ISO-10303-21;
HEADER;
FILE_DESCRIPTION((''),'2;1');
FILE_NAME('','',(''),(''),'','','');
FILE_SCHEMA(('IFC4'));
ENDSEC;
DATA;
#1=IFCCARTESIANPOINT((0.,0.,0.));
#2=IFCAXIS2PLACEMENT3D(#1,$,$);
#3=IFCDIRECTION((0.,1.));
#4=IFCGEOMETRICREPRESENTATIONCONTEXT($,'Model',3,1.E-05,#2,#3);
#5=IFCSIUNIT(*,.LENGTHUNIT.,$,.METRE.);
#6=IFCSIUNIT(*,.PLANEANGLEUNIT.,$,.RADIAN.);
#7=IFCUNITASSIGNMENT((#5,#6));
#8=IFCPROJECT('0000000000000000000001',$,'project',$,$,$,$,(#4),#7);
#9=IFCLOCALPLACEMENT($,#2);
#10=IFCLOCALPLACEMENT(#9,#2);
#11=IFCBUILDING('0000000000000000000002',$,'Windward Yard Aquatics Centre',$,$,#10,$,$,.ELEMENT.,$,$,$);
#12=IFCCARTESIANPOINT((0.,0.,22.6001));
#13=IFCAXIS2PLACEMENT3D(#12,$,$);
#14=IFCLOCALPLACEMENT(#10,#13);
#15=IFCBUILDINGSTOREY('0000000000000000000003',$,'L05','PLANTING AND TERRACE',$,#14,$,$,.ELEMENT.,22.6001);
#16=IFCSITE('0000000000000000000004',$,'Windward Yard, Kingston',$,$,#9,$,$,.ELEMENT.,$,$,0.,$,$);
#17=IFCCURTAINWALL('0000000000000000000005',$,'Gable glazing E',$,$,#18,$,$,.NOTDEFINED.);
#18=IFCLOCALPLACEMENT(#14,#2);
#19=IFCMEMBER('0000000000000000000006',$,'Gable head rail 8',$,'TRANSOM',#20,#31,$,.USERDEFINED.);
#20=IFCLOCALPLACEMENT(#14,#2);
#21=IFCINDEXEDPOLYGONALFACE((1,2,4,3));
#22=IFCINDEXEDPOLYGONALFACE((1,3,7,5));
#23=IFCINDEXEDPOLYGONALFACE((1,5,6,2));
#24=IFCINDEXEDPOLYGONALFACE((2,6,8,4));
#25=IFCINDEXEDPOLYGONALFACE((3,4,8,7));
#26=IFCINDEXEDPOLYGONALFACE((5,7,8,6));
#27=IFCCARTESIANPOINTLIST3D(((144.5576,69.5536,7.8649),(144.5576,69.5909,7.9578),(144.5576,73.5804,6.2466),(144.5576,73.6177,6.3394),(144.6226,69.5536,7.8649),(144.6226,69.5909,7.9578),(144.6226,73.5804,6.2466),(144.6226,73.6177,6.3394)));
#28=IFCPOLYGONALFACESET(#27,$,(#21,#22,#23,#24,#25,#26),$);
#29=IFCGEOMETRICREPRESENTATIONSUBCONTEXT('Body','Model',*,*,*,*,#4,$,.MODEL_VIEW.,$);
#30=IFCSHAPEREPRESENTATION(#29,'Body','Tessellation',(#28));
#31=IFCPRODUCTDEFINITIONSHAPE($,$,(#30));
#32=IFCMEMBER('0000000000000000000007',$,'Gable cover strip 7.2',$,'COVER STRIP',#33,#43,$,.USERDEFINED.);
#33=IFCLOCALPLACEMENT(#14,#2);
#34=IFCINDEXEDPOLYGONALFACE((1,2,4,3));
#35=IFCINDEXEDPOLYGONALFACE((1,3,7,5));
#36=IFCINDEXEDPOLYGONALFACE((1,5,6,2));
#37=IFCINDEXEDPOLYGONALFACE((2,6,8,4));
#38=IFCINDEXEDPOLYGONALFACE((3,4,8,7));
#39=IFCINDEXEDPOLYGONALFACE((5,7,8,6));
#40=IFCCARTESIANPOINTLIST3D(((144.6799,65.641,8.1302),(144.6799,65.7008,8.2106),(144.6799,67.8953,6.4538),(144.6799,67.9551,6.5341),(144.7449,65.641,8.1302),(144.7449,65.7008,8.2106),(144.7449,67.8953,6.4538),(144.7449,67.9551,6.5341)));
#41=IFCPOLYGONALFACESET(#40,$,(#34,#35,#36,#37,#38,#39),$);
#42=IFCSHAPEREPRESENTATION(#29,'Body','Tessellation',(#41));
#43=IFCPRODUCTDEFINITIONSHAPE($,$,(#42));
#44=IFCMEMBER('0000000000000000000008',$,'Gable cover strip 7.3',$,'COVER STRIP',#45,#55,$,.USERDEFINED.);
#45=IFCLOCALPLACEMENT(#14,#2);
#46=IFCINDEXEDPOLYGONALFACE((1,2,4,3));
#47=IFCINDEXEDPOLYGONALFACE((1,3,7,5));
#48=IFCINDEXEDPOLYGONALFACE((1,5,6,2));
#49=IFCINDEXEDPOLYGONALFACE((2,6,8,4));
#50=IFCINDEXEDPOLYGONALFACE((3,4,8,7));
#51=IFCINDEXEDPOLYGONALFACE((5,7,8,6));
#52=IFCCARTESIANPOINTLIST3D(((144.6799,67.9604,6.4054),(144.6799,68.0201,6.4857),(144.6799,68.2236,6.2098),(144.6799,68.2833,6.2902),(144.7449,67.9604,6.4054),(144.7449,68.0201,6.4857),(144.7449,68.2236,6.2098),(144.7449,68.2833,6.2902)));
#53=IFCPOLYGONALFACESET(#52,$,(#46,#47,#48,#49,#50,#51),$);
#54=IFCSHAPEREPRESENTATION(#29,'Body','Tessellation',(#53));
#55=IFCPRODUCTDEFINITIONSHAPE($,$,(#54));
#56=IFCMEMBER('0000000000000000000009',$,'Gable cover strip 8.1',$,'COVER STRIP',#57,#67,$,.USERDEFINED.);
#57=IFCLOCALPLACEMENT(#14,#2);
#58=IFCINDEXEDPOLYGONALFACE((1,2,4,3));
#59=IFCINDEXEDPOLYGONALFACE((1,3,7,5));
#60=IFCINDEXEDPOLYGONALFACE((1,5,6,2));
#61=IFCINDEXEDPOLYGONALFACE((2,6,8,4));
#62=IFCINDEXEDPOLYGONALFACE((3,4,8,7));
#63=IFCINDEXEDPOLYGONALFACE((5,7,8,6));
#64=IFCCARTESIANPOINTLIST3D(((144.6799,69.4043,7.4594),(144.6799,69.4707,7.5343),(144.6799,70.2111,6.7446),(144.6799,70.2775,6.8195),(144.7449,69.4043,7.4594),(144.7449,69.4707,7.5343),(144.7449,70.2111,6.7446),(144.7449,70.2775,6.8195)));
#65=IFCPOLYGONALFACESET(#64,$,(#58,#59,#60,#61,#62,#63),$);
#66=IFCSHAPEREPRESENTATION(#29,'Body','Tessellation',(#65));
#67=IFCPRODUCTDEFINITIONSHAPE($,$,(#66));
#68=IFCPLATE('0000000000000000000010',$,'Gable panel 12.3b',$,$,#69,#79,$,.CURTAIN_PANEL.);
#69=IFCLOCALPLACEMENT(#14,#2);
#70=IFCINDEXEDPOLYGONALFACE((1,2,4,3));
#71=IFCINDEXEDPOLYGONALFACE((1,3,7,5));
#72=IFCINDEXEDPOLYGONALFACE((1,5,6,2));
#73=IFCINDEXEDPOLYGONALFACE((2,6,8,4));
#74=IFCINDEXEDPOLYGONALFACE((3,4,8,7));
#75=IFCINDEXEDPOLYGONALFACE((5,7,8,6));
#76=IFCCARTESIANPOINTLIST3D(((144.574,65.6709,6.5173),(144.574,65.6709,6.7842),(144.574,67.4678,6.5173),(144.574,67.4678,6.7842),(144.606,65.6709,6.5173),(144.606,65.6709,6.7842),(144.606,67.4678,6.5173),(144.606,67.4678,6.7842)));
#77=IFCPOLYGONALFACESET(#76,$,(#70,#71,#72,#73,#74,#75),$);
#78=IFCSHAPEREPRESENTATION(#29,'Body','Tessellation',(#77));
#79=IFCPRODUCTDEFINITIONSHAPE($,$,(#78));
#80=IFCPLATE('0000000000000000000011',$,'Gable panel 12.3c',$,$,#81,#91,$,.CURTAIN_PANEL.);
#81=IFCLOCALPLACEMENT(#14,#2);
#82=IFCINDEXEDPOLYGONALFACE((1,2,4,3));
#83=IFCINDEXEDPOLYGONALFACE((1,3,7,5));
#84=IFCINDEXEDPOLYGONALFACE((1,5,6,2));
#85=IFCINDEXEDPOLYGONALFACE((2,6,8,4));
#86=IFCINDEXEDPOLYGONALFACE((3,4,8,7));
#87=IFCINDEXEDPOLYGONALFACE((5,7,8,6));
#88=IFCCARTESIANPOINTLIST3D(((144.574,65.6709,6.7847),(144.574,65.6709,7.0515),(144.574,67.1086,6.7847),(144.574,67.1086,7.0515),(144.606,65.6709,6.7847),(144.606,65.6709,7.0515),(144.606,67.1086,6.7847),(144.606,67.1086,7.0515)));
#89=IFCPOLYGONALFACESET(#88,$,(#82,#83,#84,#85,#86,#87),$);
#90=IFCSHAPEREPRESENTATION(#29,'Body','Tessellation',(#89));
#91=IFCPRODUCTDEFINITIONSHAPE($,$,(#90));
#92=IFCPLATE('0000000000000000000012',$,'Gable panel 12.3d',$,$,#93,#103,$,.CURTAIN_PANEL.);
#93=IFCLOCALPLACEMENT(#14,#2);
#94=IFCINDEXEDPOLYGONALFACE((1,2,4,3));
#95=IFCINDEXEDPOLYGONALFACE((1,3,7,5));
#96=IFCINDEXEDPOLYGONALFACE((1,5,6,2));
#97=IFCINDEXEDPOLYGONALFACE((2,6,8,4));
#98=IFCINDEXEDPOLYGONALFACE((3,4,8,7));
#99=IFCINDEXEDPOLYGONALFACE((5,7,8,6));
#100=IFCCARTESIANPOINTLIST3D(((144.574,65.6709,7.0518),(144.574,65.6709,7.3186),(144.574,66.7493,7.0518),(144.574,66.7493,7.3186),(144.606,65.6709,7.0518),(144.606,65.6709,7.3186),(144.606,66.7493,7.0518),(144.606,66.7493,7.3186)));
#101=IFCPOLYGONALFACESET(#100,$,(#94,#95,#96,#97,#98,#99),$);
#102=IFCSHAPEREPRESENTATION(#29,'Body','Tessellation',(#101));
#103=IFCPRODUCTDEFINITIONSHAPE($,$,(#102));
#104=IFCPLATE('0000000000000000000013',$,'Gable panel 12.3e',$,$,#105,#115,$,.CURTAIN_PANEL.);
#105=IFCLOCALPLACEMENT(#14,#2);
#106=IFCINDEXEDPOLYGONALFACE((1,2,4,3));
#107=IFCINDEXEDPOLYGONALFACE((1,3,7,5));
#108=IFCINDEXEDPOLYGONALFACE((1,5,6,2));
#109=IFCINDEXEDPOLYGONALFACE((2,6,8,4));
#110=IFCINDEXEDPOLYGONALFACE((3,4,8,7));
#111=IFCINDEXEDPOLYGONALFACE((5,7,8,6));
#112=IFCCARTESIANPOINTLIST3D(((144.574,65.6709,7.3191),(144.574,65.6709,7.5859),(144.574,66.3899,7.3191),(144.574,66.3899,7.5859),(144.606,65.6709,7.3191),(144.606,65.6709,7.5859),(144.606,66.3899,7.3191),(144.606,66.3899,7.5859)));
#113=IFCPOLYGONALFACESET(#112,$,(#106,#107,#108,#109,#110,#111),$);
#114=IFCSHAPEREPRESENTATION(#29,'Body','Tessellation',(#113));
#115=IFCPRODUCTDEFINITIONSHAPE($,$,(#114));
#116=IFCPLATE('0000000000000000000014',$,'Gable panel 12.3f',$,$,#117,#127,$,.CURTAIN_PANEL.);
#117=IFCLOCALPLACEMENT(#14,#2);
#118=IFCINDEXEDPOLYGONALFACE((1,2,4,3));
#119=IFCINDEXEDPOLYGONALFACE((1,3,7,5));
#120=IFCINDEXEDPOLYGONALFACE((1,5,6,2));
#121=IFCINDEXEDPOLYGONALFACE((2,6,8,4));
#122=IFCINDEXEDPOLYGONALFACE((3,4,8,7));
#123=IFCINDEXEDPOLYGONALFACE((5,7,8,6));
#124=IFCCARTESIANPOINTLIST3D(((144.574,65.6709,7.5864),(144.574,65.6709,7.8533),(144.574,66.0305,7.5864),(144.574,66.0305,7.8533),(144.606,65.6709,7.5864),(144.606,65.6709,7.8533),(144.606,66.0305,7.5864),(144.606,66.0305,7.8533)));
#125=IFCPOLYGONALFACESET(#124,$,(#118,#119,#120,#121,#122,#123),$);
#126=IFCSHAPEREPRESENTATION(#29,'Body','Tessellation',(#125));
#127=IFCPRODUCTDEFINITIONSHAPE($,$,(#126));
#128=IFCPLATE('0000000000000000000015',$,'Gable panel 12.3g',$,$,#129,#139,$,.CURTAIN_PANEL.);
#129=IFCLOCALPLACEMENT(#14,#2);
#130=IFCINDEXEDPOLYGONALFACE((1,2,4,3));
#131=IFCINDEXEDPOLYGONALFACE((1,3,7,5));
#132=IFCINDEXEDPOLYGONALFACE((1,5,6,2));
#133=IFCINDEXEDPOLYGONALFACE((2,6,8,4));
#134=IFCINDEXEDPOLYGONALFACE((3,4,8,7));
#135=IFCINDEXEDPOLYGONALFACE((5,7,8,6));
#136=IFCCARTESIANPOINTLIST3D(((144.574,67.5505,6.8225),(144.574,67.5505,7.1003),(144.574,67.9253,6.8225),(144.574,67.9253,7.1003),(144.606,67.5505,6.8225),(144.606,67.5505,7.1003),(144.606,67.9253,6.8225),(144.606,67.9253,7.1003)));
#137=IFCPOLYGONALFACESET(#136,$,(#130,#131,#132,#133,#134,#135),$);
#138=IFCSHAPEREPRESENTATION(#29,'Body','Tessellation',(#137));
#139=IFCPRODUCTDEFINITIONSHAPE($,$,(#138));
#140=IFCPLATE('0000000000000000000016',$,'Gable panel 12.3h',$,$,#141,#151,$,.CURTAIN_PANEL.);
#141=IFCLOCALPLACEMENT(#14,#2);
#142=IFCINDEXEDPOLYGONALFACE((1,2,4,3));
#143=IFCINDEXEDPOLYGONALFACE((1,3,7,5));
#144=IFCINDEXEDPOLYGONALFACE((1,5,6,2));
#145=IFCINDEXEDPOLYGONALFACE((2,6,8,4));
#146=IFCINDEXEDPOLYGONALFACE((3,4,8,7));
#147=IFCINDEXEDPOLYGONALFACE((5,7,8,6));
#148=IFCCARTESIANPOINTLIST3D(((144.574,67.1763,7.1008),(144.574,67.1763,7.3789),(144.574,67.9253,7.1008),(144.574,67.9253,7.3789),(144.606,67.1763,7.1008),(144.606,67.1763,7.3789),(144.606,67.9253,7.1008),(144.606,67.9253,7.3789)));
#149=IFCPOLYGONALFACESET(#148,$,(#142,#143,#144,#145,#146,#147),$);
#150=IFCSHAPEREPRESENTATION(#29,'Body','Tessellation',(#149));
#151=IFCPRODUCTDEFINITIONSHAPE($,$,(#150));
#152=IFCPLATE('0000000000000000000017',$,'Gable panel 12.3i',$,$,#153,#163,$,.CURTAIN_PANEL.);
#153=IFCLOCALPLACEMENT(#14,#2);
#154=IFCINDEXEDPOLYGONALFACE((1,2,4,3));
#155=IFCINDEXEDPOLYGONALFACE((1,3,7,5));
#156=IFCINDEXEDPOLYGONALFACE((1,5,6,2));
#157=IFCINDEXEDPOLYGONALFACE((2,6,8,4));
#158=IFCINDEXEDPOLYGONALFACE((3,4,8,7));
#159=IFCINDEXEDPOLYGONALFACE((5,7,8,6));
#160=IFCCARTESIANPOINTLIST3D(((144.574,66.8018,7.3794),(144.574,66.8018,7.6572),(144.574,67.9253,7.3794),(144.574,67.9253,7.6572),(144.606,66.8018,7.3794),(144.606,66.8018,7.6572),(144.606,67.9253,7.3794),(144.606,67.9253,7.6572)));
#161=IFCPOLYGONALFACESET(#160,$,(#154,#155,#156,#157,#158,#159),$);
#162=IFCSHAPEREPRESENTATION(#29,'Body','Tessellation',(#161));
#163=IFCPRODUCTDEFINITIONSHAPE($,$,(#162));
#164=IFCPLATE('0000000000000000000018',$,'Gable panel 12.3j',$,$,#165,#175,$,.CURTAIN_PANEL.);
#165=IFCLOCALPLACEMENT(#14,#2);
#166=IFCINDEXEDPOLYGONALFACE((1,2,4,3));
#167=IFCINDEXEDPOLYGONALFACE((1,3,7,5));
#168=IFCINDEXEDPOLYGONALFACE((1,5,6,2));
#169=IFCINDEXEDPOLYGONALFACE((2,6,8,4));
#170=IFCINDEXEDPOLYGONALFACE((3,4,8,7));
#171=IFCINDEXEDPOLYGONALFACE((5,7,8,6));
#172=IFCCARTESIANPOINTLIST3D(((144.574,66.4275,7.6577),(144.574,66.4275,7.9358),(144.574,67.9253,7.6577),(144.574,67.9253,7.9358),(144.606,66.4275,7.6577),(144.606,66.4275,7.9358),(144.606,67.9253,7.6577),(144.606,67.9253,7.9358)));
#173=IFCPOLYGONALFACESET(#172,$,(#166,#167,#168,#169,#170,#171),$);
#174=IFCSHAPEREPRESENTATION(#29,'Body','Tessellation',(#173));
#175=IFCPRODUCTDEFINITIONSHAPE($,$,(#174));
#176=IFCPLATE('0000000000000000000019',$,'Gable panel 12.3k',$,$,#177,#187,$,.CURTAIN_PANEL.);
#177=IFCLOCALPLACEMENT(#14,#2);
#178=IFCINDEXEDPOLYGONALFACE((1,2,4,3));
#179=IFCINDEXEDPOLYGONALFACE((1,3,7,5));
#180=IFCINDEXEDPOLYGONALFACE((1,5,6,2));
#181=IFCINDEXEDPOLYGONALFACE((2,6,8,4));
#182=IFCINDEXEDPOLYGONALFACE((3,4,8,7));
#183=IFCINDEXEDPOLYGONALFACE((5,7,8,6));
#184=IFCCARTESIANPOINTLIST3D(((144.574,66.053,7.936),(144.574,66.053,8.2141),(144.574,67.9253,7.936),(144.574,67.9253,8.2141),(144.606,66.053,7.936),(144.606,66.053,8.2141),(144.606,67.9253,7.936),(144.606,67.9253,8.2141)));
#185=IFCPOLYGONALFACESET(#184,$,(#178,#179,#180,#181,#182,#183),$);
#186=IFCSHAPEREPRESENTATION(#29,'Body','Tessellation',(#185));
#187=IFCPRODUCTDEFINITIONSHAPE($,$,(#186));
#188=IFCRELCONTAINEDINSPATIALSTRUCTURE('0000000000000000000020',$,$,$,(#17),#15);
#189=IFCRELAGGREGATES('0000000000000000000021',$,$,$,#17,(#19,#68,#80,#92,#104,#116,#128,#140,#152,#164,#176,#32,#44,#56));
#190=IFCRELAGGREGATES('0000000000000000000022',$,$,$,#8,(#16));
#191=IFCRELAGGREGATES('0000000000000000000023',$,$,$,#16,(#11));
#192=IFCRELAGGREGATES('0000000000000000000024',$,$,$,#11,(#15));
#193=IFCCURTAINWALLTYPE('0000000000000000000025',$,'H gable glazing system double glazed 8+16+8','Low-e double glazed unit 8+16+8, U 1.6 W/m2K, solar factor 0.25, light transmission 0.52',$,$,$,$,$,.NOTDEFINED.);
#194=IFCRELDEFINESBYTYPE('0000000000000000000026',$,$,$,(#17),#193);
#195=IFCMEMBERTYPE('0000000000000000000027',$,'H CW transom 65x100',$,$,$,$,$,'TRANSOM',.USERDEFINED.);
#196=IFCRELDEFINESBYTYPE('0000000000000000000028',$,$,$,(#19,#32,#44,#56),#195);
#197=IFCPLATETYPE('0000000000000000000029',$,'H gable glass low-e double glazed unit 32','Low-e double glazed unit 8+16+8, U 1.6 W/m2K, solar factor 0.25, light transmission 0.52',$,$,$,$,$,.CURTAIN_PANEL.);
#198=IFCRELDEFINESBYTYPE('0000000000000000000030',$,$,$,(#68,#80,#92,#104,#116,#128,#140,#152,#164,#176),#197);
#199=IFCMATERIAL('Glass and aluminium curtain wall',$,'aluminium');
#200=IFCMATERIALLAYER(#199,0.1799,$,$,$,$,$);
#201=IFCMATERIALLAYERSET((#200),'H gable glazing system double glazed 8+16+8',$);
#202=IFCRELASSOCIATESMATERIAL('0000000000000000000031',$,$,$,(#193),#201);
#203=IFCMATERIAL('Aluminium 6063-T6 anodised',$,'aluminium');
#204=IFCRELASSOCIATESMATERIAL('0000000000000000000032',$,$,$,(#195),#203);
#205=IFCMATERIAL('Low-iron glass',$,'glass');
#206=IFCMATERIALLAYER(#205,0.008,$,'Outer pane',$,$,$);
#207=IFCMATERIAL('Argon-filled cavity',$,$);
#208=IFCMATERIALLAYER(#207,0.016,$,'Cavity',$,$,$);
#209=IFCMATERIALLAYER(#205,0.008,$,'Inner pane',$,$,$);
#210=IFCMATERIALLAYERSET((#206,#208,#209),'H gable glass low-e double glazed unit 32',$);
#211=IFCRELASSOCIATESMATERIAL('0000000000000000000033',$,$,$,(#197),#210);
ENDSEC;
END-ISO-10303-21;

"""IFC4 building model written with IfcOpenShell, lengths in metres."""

from ifc_helpers import new_model, si_unit, direction, frame, origin, origin_2d, place, context, subcontext, project, spatial, polyline, rectangle, outline, extrude, material, layer, layer_set, material_profile, profile_set, type_object, element, aggregate, save


model = new_model("IFC4")

# Units and contexts
model_context = context("Model", 3, precision=1e-05, world=origin(), true_north=direction((0.0, 1.0)))
body_context = subcontext(model_context, "Body", "Model", "MODEL_VIEW")
ifc_project = project(units=[si_unit("LENGTHUNIT", "METRE"), si_unit("PLANEANGLEUNIT", "RADIAN")], contexts=[model_context])

# Site, building, storey
site_placement = place(None, origin())
site = spatial("IfcSite", under=ifc_project, at=site_placement, Name="Windward Yard, Kingston", CompositionType="ELEMENT", RefElevation=0.0)
building_placement = place(site_placement, origin())
building = spatial("IfcBuilding", under=site, at=building_placement, Name="Windward Yard Aquatics Centre", CompositionType="ELEMENT")
storey_placement = place(building_placement, frame((0.0, 0.0, 22.6001)))
storey = spatial("IfcBuildingStorey", under=building, at=storey_placement, Name="L05", Description="PLANTING AND TERRACE", CompositionType="ELEMENT", Elevation=22.6001)

# Curtain wall, members, plates
ifc_material_1 = material(Name="Glass and aluminium curtain wall", Category="aluminium")
ifc_layer_1 = layer(ifc_material_1, 0.1799)
ifc_layer_set_1 = layer_set([ifc_layer_1], Name="H gable glazing system double glazed 8+16+8")
curtain_wall_type = type_object("IfcCurtainWallType", Name="H gable glazing system double glazed 8+16+8", Description="Low-e double glazed unit 8+16+8, U 1.6 W/m2K, solar factor 0.25, light transmission 0.52", PredefinedType="NOTDEFINED", material=ifc_layer_set_1)
curtain_wall_placement = place(storey_placement, origin())
curtain_wall = element("IfcCurtainWall", 1, at=curtain_wall_placement, inside=storey, type_object=curtain_wall_type, Name="Gable glazing E", PredefinedType="NOTDEFINED")
ifc_material_2 = material(Name="Aluminium 6063-T6 anodised", Category="aluminium")
ifc_material_profile = material_profile(ifc_material_2, rectangle(XDim=0.0649, YDim=0.1001, at=origin_2d()), Name="H CW transom 65x100")
ifc_profile_set = profile_set([ifc_material_profile], Name="Aluminium 6063-T6 anodised")
member_type = type_object("IfcMemberType", Name="H CW transom 65x100", ElementType="TRANSOM", PredefinedType="USERDEFINED", material=ifc_profile_set)
member_1_placement = place(storey_placement, frame((144.5901, 69.5723, 7.9114), z_axis=(0.0, 0.927866, -0.372913), x_axis=(-1.0, 0.0, 0.0)))
member_1 = element("IfcMember", 2, at=member_1_placement, type_object=member_type, Name="Gable head rail 8", ObjectType="TRANSOM", PredefinedType="USERDEFINED", context=body_context, shape_type="SweptSolid", body=[
    extrude(rectangle(XDim=0.0649, YDim=0.1001, at=origin_2d()), origin(), (0.0, 0.0, 1.0), 4.3398),
])
member_2_placement = place(storey_placement, frame((144.7124, 65.6709, 8.1704), z_axis=(0.0, 0.802434, -0.596742), x_axis=(-1.0, 0.0, 0.0)))
member_2 = element("IfcMember", 3, at=member_2_placement, type_object=member_type, Name="Gable cover strip 7.2", ObjectType="COVER STRIP", PredefinedType="USERDEFINED", context=body_context, shape_type="SweptSolid", body=[
    extrude(rectangle(XDim=0.0649, YDim=0.1001, at=origin_2d()), origin(), (0.0, 0.0, 1.0), 2.8093),
])
member_3_placement = place(storey_placement, frame((144.7124, 67.9902, 6.4456), z_axis=(0.0, 0.802673, -0.59642), x_axis=(-1.0, 0.0, 0.0)))
member_3 = element("IfcMember", 4, at=member_3_placement, type_object=member_type, Name="Gable cover strip 7.3", ObjectType="COVER STRIP", PredefinedType="USERDEFINED", context=body_context, shape_type="SweptSolid", body=[
    extrude(rectangle(XDim=0.0649, YDim=0.1001, at=origin_2d()), origin(), (0.0, 0.0, 1.0), 0.3279),
])
member_4_placement = place(storey_placement, frame((144.7124, 69.4375, 7.4968), z_axis=(0.0, 0.748508, -0.663126), x_axis=(-1.0, 0.0, 0.0)))
member_4 = element("IfcMember", 5, at=member_4_placement, type_object=member_type, Name="Gable cover strip 8.1", ObjectType="COVER STRIP", PredefinedType="USERDEFINED", context=body_context, shape_type="SweptSolid", body=[
    extrude(rectangle(XDim=0.0649, YDim=0.1001, at=origin_2d()), origin(), (0.0, 0.0, 1.0), 1.0779),
])
ifc_material_3 = material(Name="Low-iron glass", Category="glass")
ifc_layer_2 = layer(ifc_material_3, 0.008, Name="Outer pane")
ifc_material_4 = material(Name="Argon-filled cavity")
ifc_layer_3 = layer(ifc_material_4, 0.016, Name="Cavity")
ifc_layer_4 = layer(ifc_material_3, 0.008, Name="Inner pane")
ifc_layer_set_2 = layer_set([ifc_layer_2, ifc_layer_3, ifc_layer_4], Name="H gable glass low-e double glazed unit 32")
plate_type = type_object("IfcPlateType", Name="H gable glass low-e double glazed unit 32", Description="Low-e double glazed unit 8+16+8, U 1.6 W/m2K, solar factor 0.25, light transmission 0.52", PredefinedType="CURTAIN_PANEL", material=ifc_layer_set_2)
plate_1_placement = place(storey_placement, frame((144.606, 65.6709, 6.5173), z_axis=(1.0, 0.0, 0.0), x_axis=(0.0, 1.0, 0.0)))
plate_1 = element("IfcPlate", 6, at=plate_1_placement, type_object=plate_type, Name="Gable panel 12.3b", PredefinedType="CURTAIN_PANEL", context=body_context, shape_type="SweptSolid", body=[
    extrude(outline(polyline([(0.0, 0.0), (1.7969, 0.0), (1.7969, 0.2668), (0.0, 0.2668), (0.0, 0.0)])), origin(), (0.0, 0.0, -1.0), 0.032),
])
plate_2_placement = place(storey_placement, frame((144.606, 65.6709, 6.7847), z_axis=(1.0, 0.0, 0.0), x_axis=(0.0, 1.0, 0.0)))
plate_2 = element("IfcPlate", 7, at=plate_2_placement, type_object=plate_type, Name="Gable panel 12.3c", PredefinedType="CURTAIN_PANEL", context=body_context, shape_type="SweptSolid", body=[
    extrude(outline(polyline([(0.0, 0.0), (1.4377, 0.0), (1.4377, 0.2668), (0.0, 0.2668), (0.0, 0.0)])), origin(), (0.0, 0.0, -1.0), 0.032),
])
plate_3_placement = place(storey_placement, frame((144.606, 65.6709, 7.0518), z_axis=(1.0, 0.0, 0.0), x_axis=(0.0, 1.0, 0.0)))
plate_3 = element("IfcPlate", 8, at=plate_3_placement, type_object=plate_type, Name="Gable panel 12.3d", PredefinedType="CURTAIN_PANEL", context=body_context, shape_type="SweptSolid", body=[
    extrude(outline(polyline([(0.0, 0.0), (1.0784, 0.0), (1.0784, 0.2668), (0.0, 0.2668), (0.0, 0.0)])), origin(), (0.0, 0.0, -1.0), 0.032),
])
plate_4_placement = place(storey_placement, frame((144.606, 65.6709, 7.3191), z_axis=(1.0, 0.0, 0.0), x_axis=(0.0, 1.0, 0.0)))
plate_4 = element("IfcPlate", 9, at=plate_4_placement, type_object=plate_type, Name="Gable panel 12.3e", PredefinedType="CURTAIN_PANEL", context=body_context, shape_type="SweptSolid", body=[
    extrude(outline(polyline([(0.0, 0.0), (0.719, 0.0), (0.719, 0.2668), (0.0, 0.2668), (0.0, 0.0)])), origin(), (0.0, 0.0, -1.0), 0.032),
])
plate_5_placement = place(storey_placement, frame((144.606, 65.6709, 7.5864), z_axis=(1.0, 0.0, 0.0), x_axis=(0.0, 1.0, 0.0)))
plate_5 = element("IfcPlate", 10, at=plate_5_placement, type_object=plate_type, Name="Gable panel 12.3f", PredefinedType="CURTAIN_PANEL", context=body_context, shape_type="SweptSolid", body=[
    extrude(outline(polyline([(0.0, 0.0), (0.3596, 0.0), (0.3596, 0.2668), (0.0, 0.2668), (0.0, 0.0)])), origin(), (0.0, 0.0, -1.0), 0.032),
])
plate_6_placement = place(storey_placement, frame((144.606, 67.5505, 6.8225), z_axis=(1.0, 0.0, 0.0), x_axis=(0.0, 1.0, 0.0)))
plate_6 = element("IfcPlate", 11, at=plate_6_placement, type_object=plate_type, Name="Gable panel 12.3g", PredefinedType="CURTAIN_PANEL", context=body_context, shape_type="SweptSolid", body=[
    extrude(outline(polyline([(0.0, 0.0), (0.3748, 0.0), (0.3748, 0.2778), (0.0, 0.2778), (0.0, 0.0)])), origin(), (0.0, 0.0, -1.0), 0.032),
])
plate_7_placement = place(storey_placement, frame((144.606, 67.1763, 7.1008), z_axis=(1.0, 0.0, 0.0), x_axis=(0.0, 1.0, 0.0)))
plate_7 = element("IfcPlate", 12, at=plate_7_placement, type_object=plate_type, Name="Gable panel 12.3h", PredefinedType="CURTAIN_PANEL", context=body_context, shape_type="SweptSolid", body=[
    extrude(outline(polyline([(0.0, 0.0), (0.749, 0.0), (0.749, 0.2781), (0.0, 0.2781), (0.0, 0.0)])), origin(), (0.0, 0.0, -1.0), 0.032),
])
plate_8_placement = place(storey_placement, frame((144.606, 66.8018, 7.3794), z_axis=(1.0, 0.0, 0.0), x_axis=(0.0, 1.0, 0.0)))
plate_8 = element("IfcPlate", 13, at=plate_8_placement, type_object=plate_type, Name="Gable panel 12.3i", PredefinedType="CURTAIN_PANEL", context=body_context, shape_type="SweptSolid", body=[
    extrude(outline(polyline([(0.0, 0.0), (1.1235, 0.0), (1.1235, 0.2778), (0.0, 0.2778), (0.0, 0.0)])), origin(), (0.0, 0.0, -1.0), 0.032),
])
plate_9_placement = place(storey_placement, frame((144.606, 66.4275, 7.6577), z_axis=(1.0, 0.0, 0.0), x_axis=(0.0, 1.0, 0.0)))
plate_9 = element("IfcPlate", 14, at=plate_9_placement, type_object=plate_type, Name="Gable panel 12.3j", PredefinedType="CURTAIN_PANEL", context=body_context, shape_type="SweptSolid", body=[
    extrude(outline(polyline([(0.0, 0.0), (1.4978, 0.0), (1.4978, 0.2781), (0.0, 0.2781), (0.0, 0.0)])), origin(), (0.0, 0.0, -1.0), 0.032),
])
plate_10_placement = place(storey_placement, frame((144.606, 66.053, 7.936), z_axis=(1.0, 0.0, 0.0), x_axis=(0.0, 1.0, 0.0)))
plate_10 = element("IfcPlate", 15, at=plate_10_placement, type_object=plate_type, Name="Gable panel 12.3k", PredefinedType="CURTAIN_PANEL", context=body_context, shape_type="SweptSolid", body=[
    extrude(outline(polyline([(0.0, 0.0), (1.8723, 0.0), (1.8723, 0.2781), (0.0, 0.2781), (0.0, 0.0)])), origin(), (0.0, 0.0, -1.0), 0.032),
])
aggregate(curtain_wall, [member_1, plate_1, plate_2, plate_3, plate_4, plate_5, plate_6, plate_7, plate_8, plate_9, plate_10, member_2, member_3, member_4])

save(model, "model.ifc")
